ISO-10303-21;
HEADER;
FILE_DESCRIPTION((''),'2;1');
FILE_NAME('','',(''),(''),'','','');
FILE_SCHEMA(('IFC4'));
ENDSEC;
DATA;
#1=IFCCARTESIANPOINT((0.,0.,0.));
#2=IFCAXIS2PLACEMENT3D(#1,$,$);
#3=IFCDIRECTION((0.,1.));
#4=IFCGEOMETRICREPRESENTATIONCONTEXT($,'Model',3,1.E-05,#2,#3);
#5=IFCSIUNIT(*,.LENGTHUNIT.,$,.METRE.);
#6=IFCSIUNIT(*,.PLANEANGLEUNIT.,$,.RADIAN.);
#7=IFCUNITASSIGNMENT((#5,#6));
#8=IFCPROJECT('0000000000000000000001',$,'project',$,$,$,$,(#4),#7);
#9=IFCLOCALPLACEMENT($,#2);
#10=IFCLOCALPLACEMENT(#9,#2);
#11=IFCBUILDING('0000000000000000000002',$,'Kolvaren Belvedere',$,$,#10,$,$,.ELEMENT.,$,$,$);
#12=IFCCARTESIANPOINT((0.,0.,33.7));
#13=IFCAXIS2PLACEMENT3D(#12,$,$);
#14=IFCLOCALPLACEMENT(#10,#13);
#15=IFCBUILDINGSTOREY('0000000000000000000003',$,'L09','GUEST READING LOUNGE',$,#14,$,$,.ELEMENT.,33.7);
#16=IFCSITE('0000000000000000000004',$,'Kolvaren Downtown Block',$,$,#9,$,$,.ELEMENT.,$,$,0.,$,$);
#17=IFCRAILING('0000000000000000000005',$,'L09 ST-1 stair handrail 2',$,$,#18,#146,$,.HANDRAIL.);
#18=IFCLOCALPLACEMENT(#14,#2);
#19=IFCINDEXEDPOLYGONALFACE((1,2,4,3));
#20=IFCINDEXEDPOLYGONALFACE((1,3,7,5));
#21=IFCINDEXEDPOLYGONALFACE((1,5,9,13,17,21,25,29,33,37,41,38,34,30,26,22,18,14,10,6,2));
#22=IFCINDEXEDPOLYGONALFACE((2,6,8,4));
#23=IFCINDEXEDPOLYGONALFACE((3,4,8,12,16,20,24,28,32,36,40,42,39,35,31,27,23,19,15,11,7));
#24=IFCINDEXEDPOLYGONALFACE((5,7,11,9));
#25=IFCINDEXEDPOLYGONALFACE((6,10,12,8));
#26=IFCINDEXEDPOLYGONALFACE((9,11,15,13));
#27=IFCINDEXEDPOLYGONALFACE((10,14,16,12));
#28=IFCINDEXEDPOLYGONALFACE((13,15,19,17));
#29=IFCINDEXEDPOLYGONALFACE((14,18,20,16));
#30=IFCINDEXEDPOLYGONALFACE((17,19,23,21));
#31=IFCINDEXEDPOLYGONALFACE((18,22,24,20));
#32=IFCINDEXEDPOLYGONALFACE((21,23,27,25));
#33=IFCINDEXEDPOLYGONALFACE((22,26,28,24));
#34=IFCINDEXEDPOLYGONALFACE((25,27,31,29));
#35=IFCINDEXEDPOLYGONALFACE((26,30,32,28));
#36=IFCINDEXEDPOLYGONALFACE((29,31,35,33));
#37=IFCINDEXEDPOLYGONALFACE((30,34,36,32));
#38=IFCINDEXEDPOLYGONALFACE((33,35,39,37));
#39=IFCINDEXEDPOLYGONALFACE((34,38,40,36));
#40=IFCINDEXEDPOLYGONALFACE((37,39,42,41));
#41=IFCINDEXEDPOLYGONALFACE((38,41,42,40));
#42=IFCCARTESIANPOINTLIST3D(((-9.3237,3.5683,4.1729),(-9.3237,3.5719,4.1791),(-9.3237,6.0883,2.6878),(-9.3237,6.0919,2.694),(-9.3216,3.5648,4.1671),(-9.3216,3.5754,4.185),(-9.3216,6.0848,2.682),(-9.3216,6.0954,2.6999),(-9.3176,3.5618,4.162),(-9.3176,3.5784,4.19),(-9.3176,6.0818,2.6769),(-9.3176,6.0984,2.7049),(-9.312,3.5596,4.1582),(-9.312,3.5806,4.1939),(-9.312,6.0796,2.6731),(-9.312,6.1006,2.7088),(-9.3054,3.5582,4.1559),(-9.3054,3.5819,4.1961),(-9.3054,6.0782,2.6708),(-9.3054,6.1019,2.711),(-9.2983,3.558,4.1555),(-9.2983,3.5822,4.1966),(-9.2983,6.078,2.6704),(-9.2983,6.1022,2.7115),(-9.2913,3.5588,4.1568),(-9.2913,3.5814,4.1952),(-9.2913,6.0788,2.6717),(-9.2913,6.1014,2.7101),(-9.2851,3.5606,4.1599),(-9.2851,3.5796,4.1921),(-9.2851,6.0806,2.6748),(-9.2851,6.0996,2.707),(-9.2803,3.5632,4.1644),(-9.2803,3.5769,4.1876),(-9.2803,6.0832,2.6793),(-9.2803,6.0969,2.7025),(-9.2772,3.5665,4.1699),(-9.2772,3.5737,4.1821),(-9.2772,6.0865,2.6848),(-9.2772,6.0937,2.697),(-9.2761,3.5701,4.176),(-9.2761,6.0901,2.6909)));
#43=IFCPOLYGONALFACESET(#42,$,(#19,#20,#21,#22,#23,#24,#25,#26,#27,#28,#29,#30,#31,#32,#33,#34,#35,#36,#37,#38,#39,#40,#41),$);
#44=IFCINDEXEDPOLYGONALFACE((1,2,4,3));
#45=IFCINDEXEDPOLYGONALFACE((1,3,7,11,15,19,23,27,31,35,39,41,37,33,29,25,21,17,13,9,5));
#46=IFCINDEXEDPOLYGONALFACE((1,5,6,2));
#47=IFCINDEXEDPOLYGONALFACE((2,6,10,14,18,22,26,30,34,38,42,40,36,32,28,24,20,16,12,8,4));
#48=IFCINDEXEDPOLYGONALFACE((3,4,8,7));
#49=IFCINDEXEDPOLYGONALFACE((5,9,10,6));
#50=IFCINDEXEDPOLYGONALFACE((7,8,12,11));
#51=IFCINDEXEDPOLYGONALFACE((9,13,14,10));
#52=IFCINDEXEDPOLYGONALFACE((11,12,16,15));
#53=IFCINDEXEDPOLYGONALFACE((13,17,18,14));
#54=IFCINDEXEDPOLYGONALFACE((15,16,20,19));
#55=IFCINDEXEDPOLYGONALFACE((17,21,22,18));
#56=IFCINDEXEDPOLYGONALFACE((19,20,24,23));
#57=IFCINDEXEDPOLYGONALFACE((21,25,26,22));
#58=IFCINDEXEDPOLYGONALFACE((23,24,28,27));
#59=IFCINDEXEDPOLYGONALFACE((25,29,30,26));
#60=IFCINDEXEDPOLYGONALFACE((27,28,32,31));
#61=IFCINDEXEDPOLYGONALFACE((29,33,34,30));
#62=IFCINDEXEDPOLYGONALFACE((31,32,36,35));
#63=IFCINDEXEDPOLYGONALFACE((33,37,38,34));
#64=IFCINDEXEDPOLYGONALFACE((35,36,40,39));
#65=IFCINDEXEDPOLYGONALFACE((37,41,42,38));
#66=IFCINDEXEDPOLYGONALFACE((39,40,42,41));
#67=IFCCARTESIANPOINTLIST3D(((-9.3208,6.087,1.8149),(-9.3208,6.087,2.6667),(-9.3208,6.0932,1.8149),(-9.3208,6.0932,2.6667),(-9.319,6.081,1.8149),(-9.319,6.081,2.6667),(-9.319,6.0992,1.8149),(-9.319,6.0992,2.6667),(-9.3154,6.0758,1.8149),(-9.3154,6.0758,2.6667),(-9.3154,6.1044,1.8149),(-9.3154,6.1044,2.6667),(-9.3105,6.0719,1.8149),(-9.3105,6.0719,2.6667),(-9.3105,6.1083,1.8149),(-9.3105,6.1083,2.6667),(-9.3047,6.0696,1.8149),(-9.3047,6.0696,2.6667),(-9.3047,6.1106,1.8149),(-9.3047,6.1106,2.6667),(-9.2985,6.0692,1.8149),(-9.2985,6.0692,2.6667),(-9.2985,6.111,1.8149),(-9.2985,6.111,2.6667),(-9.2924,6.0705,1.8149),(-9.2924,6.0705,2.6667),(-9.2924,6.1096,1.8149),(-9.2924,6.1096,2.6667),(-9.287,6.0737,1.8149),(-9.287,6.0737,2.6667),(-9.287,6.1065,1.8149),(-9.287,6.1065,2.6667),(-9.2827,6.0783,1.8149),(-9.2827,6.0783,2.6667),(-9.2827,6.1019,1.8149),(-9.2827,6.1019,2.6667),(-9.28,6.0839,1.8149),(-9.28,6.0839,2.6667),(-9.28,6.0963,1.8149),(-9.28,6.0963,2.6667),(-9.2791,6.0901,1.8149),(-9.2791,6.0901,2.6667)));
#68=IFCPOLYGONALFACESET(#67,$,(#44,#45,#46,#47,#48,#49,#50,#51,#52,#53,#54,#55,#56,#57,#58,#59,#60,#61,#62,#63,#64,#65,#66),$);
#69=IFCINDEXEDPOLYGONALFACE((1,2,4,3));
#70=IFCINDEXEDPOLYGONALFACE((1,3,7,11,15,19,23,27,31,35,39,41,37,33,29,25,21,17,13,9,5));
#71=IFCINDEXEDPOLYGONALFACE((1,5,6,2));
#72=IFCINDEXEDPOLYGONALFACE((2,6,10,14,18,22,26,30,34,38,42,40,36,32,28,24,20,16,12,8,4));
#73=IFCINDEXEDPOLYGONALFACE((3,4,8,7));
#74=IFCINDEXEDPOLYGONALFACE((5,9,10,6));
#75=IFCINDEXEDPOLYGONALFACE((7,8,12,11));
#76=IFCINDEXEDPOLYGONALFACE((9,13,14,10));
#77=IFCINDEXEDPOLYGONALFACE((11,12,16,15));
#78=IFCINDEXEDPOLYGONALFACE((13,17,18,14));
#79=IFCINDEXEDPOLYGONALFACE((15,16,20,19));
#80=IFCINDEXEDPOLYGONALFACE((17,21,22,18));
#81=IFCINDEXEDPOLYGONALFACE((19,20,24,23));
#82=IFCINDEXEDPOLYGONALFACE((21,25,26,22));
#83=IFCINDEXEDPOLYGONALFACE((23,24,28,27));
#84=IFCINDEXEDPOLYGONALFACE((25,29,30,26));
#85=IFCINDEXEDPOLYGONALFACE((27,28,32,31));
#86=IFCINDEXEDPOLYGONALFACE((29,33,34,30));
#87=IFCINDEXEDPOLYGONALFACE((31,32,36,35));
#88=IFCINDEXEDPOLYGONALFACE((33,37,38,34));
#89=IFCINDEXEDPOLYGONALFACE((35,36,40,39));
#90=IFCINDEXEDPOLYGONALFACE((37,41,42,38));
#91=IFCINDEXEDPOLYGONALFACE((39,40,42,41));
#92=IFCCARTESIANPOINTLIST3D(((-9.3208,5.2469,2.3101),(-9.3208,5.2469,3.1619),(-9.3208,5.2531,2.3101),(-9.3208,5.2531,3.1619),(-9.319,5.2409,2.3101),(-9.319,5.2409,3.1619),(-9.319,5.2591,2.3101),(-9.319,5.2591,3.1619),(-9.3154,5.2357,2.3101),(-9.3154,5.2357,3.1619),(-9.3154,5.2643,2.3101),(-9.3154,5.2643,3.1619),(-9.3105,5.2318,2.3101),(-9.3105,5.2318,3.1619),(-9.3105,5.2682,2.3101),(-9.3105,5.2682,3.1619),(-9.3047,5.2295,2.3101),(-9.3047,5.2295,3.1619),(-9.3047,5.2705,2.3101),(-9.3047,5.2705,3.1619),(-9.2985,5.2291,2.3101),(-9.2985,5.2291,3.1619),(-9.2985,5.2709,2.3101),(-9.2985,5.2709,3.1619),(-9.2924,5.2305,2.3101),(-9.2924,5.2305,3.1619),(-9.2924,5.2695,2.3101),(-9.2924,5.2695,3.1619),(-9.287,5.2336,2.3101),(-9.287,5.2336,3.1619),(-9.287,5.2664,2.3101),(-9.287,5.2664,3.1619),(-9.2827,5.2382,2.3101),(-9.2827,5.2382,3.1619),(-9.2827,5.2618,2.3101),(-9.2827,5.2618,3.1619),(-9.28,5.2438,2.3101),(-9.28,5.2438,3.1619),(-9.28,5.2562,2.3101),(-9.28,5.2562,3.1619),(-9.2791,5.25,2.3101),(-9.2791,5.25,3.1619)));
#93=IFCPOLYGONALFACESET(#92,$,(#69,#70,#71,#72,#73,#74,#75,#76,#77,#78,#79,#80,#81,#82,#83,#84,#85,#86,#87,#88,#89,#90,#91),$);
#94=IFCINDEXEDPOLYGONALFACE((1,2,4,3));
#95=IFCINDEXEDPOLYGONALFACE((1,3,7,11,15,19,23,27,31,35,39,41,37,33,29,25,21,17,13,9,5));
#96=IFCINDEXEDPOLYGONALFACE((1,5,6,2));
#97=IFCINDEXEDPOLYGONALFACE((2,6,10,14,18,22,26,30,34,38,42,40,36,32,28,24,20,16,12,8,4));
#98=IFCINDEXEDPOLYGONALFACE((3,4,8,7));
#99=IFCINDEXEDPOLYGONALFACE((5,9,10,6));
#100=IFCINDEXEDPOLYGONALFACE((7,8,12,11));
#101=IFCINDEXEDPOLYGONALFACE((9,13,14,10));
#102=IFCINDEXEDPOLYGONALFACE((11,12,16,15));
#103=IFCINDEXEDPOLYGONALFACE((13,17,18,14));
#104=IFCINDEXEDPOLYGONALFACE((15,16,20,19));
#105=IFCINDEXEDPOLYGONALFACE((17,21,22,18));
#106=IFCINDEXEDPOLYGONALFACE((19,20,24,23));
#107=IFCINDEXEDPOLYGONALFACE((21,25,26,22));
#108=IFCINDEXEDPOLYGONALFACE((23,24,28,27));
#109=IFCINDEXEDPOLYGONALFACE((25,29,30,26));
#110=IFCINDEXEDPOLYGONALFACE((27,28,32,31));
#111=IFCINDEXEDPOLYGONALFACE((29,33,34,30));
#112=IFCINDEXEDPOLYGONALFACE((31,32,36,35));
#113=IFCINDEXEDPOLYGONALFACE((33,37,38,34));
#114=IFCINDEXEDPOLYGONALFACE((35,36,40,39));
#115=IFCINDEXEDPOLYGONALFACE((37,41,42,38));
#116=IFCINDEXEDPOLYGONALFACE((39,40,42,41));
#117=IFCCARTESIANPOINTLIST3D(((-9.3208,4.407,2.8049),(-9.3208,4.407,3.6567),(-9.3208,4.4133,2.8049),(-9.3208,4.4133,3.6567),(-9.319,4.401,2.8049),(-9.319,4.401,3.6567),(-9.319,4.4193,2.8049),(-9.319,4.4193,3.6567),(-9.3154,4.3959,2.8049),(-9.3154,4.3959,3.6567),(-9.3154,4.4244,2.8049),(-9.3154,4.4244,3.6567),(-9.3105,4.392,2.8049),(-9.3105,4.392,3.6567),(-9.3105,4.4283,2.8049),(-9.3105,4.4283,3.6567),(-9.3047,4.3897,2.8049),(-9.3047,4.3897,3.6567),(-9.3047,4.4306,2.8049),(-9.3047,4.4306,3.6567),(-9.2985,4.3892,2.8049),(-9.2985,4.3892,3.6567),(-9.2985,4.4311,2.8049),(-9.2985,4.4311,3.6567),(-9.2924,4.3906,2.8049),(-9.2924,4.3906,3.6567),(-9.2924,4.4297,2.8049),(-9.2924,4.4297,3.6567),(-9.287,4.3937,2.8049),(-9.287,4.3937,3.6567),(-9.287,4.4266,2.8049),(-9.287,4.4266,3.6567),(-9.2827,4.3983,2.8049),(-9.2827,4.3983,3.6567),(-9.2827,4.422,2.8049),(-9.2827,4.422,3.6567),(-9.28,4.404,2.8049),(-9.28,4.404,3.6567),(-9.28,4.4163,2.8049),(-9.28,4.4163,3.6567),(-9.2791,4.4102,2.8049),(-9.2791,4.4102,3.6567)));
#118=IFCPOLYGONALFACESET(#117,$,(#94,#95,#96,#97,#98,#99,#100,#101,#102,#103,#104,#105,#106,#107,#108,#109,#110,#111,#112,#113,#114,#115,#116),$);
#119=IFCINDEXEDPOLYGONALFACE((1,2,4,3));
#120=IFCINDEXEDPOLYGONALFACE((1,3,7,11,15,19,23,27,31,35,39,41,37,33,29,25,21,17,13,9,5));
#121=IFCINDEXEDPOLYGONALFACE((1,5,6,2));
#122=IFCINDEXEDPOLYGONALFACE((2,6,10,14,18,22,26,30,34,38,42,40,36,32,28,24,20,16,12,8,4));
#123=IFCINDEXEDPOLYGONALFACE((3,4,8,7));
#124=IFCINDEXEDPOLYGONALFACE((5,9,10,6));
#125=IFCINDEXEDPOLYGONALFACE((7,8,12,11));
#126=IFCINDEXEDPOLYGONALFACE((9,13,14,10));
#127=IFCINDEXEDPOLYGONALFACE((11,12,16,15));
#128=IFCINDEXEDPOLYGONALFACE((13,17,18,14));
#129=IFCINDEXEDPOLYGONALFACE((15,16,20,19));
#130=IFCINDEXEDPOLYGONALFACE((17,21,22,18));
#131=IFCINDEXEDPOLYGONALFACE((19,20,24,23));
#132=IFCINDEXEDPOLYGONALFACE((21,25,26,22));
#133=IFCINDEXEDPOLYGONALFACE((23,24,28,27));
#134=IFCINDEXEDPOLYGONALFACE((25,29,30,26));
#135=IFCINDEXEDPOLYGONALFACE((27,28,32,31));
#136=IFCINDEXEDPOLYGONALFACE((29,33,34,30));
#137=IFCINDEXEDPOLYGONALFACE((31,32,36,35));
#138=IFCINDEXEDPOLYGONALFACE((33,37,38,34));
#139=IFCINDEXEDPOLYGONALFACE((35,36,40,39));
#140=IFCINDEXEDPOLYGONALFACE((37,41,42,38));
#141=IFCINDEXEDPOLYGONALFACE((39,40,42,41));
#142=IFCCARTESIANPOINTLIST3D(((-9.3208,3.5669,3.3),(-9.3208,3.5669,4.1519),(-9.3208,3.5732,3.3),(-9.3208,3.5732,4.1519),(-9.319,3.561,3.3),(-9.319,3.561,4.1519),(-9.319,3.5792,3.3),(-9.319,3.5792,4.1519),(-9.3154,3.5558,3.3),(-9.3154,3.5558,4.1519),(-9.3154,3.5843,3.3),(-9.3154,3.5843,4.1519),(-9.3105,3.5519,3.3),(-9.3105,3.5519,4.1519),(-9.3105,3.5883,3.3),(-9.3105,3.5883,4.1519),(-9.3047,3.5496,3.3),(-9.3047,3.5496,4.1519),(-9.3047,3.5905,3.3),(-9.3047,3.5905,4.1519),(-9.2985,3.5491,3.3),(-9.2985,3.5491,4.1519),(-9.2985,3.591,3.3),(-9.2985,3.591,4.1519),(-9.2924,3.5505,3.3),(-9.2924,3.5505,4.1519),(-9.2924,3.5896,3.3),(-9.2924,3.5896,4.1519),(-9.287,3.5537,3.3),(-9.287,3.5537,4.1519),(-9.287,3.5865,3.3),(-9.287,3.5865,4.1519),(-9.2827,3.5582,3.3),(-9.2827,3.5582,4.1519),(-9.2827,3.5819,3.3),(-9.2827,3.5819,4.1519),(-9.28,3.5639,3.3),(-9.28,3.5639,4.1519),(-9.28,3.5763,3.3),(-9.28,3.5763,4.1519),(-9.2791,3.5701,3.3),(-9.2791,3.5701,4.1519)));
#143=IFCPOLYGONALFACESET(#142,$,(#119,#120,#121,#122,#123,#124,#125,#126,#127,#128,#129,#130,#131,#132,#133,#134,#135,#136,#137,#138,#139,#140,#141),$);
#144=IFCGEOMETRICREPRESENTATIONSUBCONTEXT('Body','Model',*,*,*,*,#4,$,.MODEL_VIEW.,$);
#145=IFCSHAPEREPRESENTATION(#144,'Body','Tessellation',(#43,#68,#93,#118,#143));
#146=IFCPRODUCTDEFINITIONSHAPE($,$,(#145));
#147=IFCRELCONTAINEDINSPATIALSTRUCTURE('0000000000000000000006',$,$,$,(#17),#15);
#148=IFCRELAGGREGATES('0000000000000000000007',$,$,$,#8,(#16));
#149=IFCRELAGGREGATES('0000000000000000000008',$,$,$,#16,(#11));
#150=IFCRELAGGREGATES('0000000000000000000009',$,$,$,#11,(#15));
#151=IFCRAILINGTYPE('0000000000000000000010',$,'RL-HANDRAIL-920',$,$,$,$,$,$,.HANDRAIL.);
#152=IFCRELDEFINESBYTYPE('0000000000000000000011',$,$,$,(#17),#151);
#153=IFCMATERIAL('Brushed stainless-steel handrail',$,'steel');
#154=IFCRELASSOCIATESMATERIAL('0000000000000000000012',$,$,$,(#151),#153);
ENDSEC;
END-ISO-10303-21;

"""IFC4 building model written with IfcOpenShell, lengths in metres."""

from ifc_helpers import new_model, si_unit, direction, frame, origin, origin_2d, place, context, subcontext, project, spatial, circle, extrude, material, type_object, element, save


model = new_model("IFC4")

# Units and contexts
model_context = context("Model", 3, precision=1e-05, world=origin(), true_north=direction((0.0, 1.0)))
body_context = subcontext(model_context, "Body", "Model", "MODEL_VIEW")
ifc_project = project(units=[si_unit("LENGTHUNIT", "METRE"), si_unit("PLANEANGLEUNIT", "RADIAN")], contexts=[model_context])

# Site, building, storey
site_placement = place(None, origin())
site = spatial("IfcSite", under=ifc_project, at=site_placement, Name="Kolvaren Downtown Block", CompositionType="ELEMENT", RefElevation=0.0)
building_placement = place(site_placement, origin())
building = spatial("IfcBuilding", under=site, at=building_placement, Name="Kolvaren Belvedere", CompositionType="ELEMENT")
storey_placement = place(building_placement, frame((0.0, 0.0, 33.7)))
storey = spatial("IfcBuildingStorey", under=building, at=storey_placement, Name="L09", Description="GUEST READING LOUNGE", CompositionType="ELEMENT", Elevation=33.7)

# Railing
ifc_material_1 = material(Name="Brushed stainless-steel handrail", Category="steel")
railing_type_1 = type_object("IfcRailingType", Name="RL-HANDRAIL-920", PredefinedType="HANDRAIL", material=ifc_material_1)
railing_1_placement = place(storey_placement, frame((-9.3, 6.0901, 1.8149)))
element("IfcRailing", 1, at=railing_1_placement, inside=storey, type_object=railing_type_1, Name="L09 ST-1 stair handrail 2", PredefinedType="HANDRAIL", context=body_context, shape_type="SweptSolid", body=[
    extrude(circle(Radius=0.0239, at=origin_2d()), frame((0.0, 0.0, 0.876), z_axis=(0.0, -0.861524, 0.507717), x_axis=(1.0, 0.0, 0.0)), (0.0, 0.0, 1.0), 2.925),
    extrude(circle(Radius=0.021, at=origin_2d()), origin(), (0.0, 0.0, 1.0), 0.8518),
    extrude(circle(Radius=0.021, at=origin_2d()), frame((0.0, -0.8401, 0.4951)), (0.0, 0.0, 1.0), 0.8518),
    extrude(circle(Radius=0.021, at=origin_2d()), frame((0.0, -1.6799, 0.99)), (0.0, 0.0, 1.0), 0.8518),
    extrude(circle(Radius=0.021, at=origin_2d()), frame((0.0, -2.52, 1.4851)), (0.0, 0.0, 1.0), 0.8518),
])

save(model, "model.ifc")
